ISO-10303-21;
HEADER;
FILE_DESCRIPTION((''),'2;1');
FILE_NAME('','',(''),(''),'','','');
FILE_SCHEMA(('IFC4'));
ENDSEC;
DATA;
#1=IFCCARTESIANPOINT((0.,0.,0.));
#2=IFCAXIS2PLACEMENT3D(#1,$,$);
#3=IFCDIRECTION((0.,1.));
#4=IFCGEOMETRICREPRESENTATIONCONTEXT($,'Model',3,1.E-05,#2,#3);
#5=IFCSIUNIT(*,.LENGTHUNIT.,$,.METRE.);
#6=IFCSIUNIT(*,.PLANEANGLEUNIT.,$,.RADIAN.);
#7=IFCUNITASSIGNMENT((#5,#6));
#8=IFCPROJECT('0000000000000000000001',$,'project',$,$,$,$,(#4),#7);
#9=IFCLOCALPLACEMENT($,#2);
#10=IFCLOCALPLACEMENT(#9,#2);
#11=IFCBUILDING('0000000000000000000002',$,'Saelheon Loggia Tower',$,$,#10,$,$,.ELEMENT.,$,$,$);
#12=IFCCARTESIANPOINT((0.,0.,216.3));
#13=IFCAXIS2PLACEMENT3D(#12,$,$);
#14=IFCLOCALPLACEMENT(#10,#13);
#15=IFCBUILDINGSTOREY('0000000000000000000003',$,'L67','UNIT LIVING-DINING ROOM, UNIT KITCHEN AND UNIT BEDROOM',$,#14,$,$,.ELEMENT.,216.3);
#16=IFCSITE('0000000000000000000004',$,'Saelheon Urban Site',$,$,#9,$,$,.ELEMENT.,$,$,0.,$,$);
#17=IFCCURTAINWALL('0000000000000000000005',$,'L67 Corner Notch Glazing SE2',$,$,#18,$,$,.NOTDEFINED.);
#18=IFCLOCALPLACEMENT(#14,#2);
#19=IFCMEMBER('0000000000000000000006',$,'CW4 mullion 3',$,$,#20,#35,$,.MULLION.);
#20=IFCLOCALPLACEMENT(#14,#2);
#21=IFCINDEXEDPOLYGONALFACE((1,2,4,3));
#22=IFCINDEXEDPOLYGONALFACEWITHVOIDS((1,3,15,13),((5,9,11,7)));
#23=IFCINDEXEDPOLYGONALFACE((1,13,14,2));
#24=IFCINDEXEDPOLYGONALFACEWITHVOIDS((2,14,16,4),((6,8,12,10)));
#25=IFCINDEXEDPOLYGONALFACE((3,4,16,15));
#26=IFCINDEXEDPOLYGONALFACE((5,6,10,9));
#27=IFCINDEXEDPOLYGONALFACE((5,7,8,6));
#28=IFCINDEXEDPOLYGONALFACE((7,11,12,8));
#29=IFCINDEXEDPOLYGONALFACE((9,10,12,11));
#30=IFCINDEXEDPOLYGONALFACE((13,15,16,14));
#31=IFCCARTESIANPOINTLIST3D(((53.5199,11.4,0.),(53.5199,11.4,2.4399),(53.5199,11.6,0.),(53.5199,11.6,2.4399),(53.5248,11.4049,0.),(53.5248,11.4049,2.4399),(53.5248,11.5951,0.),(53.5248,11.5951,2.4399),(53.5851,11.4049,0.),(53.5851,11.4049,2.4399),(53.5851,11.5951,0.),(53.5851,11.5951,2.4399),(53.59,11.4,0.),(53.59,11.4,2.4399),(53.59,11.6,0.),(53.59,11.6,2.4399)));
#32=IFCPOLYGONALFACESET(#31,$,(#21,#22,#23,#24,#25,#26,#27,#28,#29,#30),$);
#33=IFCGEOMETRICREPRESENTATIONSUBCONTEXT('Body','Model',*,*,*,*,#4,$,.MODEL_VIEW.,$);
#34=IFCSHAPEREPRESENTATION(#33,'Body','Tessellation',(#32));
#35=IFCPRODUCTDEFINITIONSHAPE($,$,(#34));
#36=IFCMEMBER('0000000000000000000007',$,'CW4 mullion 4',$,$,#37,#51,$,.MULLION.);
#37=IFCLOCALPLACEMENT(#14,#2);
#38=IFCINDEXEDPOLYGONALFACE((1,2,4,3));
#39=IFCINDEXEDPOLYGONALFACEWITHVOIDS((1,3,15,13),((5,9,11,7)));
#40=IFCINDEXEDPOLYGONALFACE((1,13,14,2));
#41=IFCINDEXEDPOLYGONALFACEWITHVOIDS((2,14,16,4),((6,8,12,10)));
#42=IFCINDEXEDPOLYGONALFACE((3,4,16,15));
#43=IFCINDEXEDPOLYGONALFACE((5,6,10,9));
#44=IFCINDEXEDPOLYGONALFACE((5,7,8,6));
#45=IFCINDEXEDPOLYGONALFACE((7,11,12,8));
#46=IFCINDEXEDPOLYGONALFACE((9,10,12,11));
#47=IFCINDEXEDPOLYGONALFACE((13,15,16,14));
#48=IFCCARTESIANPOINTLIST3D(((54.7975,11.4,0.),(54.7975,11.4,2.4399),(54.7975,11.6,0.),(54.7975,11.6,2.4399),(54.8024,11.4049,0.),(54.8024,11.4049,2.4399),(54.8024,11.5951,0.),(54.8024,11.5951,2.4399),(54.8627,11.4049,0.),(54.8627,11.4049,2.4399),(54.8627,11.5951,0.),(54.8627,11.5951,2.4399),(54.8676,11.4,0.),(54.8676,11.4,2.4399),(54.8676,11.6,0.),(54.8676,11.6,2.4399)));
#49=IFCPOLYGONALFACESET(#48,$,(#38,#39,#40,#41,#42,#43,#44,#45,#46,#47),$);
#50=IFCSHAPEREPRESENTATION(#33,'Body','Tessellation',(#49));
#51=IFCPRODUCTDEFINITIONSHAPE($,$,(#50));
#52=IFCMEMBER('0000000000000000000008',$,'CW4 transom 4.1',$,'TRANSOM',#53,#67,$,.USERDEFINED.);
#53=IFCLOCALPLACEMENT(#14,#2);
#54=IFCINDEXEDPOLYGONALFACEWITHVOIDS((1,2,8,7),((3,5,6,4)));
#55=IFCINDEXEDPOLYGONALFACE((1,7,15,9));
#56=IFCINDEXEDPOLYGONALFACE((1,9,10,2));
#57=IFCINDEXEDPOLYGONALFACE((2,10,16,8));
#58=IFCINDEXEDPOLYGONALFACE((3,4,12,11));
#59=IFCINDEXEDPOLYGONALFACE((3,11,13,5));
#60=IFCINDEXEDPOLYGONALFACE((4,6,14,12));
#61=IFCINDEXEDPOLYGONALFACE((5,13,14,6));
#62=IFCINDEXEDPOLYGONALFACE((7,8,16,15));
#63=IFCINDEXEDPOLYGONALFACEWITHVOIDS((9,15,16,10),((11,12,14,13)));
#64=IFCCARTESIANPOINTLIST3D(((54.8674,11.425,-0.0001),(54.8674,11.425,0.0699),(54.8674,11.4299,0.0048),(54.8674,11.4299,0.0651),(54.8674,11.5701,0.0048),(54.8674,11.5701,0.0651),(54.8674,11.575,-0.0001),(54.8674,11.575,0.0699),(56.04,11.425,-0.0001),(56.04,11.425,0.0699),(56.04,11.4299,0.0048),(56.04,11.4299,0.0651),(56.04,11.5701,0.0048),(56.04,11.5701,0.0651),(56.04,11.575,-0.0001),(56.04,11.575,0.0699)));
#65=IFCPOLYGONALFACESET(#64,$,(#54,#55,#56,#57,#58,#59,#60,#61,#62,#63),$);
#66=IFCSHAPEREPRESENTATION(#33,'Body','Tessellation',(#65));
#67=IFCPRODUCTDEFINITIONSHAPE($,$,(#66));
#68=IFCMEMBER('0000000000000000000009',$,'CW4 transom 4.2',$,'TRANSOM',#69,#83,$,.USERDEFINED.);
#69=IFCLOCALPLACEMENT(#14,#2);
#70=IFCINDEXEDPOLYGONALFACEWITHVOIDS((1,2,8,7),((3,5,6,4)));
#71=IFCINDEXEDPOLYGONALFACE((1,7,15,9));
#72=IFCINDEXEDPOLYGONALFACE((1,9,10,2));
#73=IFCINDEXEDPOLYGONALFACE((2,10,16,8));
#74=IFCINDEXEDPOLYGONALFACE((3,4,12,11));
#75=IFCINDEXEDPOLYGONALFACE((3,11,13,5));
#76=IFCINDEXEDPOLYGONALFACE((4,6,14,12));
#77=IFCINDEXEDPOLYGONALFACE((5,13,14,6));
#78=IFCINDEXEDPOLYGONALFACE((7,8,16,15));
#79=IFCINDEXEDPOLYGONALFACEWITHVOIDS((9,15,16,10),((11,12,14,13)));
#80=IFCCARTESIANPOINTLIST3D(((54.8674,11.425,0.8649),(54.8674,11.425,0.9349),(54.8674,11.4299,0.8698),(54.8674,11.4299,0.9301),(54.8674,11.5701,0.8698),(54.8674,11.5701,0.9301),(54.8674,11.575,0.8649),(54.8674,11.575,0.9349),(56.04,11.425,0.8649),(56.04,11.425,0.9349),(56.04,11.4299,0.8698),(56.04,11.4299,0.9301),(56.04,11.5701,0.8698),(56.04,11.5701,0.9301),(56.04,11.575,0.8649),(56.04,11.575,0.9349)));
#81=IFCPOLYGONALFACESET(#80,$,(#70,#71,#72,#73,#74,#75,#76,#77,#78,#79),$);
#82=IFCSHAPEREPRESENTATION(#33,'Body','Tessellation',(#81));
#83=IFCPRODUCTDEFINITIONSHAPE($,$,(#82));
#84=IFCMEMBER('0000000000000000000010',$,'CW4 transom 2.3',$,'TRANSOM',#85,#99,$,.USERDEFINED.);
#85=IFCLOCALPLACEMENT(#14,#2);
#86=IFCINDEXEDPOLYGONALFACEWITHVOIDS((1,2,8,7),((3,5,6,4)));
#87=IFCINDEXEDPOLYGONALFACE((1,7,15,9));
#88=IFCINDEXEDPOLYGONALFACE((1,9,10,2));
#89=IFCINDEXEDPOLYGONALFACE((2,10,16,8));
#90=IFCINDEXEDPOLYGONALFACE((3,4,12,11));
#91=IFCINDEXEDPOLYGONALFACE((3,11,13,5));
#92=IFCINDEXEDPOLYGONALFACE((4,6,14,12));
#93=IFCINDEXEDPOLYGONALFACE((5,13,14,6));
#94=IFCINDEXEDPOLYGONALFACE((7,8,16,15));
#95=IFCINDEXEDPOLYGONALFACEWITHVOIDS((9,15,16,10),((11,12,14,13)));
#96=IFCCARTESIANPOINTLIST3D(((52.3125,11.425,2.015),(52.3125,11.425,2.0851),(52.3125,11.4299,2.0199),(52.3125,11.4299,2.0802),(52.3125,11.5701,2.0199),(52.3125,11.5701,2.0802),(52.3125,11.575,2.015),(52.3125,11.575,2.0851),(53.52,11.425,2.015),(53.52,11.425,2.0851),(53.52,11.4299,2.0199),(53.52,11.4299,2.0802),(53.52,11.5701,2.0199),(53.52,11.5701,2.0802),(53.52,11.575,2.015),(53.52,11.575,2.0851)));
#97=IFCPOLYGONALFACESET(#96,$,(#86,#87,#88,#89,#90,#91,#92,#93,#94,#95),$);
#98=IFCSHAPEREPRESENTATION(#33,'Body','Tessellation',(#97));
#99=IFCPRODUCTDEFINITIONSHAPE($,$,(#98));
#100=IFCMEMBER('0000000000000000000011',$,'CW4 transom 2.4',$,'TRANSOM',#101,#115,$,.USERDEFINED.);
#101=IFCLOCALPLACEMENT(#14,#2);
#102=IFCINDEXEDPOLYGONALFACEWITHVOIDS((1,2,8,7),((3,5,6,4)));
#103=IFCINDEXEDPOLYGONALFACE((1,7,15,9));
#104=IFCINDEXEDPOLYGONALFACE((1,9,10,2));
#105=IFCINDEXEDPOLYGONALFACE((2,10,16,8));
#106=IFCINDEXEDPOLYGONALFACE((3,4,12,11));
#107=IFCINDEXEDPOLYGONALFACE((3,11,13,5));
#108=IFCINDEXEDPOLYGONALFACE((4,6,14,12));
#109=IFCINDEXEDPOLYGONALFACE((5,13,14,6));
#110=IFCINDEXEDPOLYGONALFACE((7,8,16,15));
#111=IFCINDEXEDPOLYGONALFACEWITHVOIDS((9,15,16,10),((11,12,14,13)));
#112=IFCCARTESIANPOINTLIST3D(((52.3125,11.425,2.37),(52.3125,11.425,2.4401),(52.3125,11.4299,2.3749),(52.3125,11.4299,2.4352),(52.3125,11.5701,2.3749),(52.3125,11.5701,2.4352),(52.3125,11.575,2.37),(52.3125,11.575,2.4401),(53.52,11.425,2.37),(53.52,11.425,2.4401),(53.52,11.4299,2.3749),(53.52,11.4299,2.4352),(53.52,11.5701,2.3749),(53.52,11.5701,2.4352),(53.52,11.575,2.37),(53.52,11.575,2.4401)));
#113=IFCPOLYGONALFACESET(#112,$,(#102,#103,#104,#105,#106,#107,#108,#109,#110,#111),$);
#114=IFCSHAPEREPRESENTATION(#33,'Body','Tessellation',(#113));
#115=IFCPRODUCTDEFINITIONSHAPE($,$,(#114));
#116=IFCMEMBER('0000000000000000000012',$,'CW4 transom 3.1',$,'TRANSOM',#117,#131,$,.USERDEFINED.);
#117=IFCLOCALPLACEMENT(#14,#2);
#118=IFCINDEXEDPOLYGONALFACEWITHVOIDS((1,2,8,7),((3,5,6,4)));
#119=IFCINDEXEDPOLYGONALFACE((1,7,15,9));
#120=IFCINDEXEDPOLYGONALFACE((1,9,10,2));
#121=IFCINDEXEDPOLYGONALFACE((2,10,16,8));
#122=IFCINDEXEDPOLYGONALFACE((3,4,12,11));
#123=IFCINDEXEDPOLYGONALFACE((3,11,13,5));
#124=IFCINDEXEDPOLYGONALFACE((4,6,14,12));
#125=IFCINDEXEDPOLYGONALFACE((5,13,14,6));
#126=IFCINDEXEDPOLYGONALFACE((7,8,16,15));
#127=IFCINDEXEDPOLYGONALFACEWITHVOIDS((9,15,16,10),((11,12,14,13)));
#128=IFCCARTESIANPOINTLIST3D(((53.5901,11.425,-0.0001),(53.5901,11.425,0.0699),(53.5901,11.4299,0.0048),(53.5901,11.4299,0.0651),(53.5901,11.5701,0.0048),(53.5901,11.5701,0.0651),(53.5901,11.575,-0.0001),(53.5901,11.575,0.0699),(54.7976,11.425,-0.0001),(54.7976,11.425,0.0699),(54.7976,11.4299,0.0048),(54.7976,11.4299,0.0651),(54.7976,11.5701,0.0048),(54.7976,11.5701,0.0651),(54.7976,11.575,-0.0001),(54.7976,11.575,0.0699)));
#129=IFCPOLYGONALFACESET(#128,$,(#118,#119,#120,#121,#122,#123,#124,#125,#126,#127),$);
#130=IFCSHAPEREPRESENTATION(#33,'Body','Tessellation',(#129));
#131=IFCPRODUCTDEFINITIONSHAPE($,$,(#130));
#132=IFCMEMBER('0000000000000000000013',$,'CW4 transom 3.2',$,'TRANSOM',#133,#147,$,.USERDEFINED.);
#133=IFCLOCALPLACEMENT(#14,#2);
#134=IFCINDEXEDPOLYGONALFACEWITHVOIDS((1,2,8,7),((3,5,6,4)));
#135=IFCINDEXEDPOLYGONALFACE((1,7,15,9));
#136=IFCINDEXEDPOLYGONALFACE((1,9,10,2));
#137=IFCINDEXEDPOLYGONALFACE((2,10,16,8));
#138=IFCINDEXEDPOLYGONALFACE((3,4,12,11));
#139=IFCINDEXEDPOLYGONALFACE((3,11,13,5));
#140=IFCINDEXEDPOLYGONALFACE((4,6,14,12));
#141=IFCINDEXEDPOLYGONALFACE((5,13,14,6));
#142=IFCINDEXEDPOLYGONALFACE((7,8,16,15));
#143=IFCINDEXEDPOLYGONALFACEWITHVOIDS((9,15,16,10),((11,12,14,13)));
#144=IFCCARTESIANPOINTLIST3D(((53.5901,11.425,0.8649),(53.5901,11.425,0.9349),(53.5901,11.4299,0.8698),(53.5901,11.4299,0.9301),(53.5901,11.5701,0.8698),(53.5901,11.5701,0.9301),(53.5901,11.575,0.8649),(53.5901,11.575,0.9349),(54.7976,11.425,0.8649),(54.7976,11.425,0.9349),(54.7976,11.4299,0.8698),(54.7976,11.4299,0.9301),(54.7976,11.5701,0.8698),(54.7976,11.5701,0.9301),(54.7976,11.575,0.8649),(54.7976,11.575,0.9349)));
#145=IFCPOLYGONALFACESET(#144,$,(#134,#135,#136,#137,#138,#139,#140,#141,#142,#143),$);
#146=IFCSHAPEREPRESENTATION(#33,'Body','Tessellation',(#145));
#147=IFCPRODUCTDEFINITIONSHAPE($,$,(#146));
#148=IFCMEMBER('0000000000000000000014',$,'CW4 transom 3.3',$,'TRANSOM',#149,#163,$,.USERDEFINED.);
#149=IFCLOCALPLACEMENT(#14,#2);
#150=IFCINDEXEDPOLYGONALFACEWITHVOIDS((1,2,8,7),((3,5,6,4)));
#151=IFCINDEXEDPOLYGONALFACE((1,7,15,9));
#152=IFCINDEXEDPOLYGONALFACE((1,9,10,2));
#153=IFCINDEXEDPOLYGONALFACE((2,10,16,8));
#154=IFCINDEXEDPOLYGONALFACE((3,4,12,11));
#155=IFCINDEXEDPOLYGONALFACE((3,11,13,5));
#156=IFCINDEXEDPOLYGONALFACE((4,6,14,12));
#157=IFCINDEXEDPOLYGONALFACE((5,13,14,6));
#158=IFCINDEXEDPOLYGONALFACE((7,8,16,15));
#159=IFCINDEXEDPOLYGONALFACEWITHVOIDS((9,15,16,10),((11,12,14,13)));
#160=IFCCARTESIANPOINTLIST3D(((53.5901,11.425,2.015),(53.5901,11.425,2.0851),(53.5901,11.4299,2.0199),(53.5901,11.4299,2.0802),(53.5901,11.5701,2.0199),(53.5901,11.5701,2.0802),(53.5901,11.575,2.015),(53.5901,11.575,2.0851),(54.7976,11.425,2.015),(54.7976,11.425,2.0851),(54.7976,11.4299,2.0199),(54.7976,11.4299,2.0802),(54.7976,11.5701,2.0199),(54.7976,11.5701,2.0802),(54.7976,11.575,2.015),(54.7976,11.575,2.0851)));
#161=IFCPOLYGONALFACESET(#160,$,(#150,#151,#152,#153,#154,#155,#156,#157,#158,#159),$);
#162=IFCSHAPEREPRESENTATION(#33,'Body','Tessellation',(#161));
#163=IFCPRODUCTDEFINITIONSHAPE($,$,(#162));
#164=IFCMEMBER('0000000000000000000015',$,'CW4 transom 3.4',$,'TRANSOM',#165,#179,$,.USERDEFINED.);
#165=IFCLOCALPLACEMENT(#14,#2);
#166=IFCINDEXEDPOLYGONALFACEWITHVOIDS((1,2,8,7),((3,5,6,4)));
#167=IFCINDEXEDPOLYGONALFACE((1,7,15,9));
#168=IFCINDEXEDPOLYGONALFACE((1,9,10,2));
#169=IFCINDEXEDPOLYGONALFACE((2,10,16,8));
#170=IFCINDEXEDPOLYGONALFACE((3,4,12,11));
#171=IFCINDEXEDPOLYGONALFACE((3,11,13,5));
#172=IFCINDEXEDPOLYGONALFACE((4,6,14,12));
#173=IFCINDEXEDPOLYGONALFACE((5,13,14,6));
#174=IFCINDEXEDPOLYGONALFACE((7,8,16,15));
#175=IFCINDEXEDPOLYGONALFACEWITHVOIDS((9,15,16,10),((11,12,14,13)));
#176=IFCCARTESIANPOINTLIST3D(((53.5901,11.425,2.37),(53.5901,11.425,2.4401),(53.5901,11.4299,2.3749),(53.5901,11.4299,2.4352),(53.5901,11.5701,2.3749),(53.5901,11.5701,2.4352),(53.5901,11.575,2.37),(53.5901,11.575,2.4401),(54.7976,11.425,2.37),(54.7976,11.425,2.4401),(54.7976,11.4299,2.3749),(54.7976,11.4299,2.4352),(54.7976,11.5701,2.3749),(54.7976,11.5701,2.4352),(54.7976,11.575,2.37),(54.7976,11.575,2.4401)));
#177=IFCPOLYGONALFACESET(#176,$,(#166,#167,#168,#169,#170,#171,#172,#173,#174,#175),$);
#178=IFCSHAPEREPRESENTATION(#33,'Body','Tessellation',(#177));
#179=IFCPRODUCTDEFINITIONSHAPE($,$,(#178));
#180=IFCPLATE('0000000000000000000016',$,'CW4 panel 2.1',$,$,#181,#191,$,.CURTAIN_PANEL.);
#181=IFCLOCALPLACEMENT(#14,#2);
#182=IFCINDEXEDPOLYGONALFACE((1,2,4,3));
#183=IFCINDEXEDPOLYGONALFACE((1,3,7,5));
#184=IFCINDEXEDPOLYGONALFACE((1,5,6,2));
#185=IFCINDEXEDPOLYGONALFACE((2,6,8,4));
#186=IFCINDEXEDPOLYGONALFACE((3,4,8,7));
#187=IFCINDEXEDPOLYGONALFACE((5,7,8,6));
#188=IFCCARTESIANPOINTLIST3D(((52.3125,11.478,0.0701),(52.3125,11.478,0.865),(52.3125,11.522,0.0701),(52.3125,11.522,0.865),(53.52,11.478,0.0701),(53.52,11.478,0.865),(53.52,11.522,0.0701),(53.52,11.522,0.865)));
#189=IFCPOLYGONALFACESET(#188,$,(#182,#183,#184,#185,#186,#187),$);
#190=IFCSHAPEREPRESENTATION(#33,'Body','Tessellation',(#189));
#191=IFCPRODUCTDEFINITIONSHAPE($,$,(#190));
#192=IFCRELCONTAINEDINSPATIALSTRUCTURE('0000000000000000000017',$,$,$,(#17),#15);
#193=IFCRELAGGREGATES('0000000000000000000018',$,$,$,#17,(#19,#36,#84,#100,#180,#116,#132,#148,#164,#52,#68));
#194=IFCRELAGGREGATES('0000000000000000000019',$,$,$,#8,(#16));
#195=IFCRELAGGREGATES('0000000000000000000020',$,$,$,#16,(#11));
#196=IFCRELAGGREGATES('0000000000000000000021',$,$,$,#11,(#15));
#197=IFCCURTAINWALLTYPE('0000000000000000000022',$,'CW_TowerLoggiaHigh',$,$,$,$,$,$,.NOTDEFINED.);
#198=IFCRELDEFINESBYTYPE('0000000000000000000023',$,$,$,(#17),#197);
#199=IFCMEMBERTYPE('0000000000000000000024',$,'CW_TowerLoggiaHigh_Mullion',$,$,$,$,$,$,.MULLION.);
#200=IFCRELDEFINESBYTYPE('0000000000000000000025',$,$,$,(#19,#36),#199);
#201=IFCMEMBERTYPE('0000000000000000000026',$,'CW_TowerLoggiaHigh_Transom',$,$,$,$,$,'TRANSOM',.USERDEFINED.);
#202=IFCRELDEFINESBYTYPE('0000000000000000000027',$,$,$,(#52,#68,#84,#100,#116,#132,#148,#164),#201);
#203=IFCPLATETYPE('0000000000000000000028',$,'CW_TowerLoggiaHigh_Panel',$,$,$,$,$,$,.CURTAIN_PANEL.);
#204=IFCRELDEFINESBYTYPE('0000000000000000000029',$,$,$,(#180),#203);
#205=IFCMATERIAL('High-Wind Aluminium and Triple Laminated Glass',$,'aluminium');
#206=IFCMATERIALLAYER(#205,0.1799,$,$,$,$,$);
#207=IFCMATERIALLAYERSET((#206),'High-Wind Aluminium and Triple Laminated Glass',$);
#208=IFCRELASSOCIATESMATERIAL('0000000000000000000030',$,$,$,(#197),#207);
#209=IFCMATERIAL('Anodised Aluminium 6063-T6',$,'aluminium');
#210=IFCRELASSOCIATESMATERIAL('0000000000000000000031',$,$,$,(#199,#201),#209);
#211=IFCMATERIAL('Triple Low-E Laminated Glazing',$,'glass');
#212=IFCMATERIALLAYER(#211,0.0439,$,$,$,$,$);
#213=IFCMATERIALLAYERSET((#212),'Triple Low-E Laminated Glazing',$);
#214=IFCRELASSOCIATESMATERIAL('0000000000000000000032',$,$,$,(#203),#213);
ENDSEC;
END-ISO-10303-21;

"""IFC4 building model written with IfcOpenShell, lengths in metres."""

from ifc_helpers import new_model, si_unit, direction, frame, origin, origin_2d, place, context, subcontext, project, spatial, rectangle, hollow_rectangle, extrude, source, transform, mapped, material, layer, layer_set, material_profile, profile_set, type_object, element, aggregate, save


model = new_model("IFC4")

# Units and contexts
model_context = context("Model", 3, precision=1e-05, world=origin(), true_north=direction((0.0, 1.0)))
body_context = subcontext(model_context, "Body", "Model", "MODEL_VIEW")
ifc_project = project(units=[si_unit("LENGTHUNIT", "METRE"), si_unit("PLANEANGLEUNIT", "RADIAN")], contexts=[model_context])

# Site, building, storey
site_placement = place(None, origin())
site = spatial("IfcSite", under=ifc_project, at=site_placement, Name="Saelheon Urban Site", CompositionType="ELEMENT", RefElevation=0.0)
building_placement = place(site_placement, origin())
building = spatial("IfcBuilding", under=site, at=building_placement, Name="Saelheon Loggia Tower", CompositionType="ELEMENT")
storey_placement = place(building_placement, frame((0.0, 0.0, 216.3)))
storey = spatial("IfcBuildingStorey", under=building, at=storey_placement, Name="L67", Description="UNIT LIVING-DINING ROOM, UNIT KITCHEN AND UNIT BEDROOM", CompositionType="ELEMENT", Elevation=216.3)

# Curtain wall, members, plate
ifc_material_1 = material(Name="High-Wind Aluminium and Triple Laminated Glass", Category="aluminium")
ifc_layer_1 = layer(ifc_material_1, 0.1799)
ifc_layer_set_1 = layer_set([ifc_layer_1], Name="High-Wind Aluminium and Triple Laminated Glass")
curtain_wall_type = type_object("IfcCurtainWallType", Name="CW_TowerLoggiaHigh", PredefinedType="NOTDEFINED", material=ifc_layer_set_1)
curtain_wall_placement = place(storey_placement, origin())
curtain_wall = element("IfcCurtainWall", 1, at=curtain_wall_placement, inside=storey, type_object=curtain_wall_type, Name="L67 Corner Notch Glazing SE2", PredefinedType="NOTDEFINED")
ifc_material_2 = material(Name="Anodised Aluminium 6063-T6", Category="aluminium")
ifc_material_profile_1 = material_profile(ifc_material_2, hollow_rectangle(XDim=0.0701, YDim=0.2, WallThickness=0.0049, at=origin_2d()), Name="RHS-200x70x5")
ifc_profile_set_1 = profile_set([ifc_material_profile_1], Name="Anodised Aluminium 6063-T6")
member_type_1 = type_object("IfcMemberType", Name="CW_TowerLoggiaHigh_Mullion", PredefinedType="MULLION", material=ifc_profile_set_1)
shared_shape_1 = source(origin(), body_context, "Body", "SweptSolid", [
    extrude(hollow_rectangle(XDim=0.0701, YDim=0.2, WallThickness=0.0049, at=origin_2d()), origin(), (0.0, 0.0, 1.0), 2.4399),
])
member_1_placement = place(storey_placement, frame((53.5549, 11.5, 0.0), z_axis=(0.0, 0.0, 1.0), x_axis=(1.0, 0.0, 0.0)))
member_1 = element("IfcMember", 2, at=member_1_placement, type_object=member_type_1, Name="CW4 mullion 3", PredefinedType="MULLION", context=body_context, shape_type="MappedRepresentation", body=[
    mapped(shared_shape_1, transform((0.0, 0.0, 0.0), scale=1.0)),
])
member_2_placement = place(storey_placement, frame((54.8325, 11.5, 0.0), z_axis=(0.0, 0.0, 1.0), x_axis=(1.0, 0.0, 0.0)))
member_2 = element("IfcMember", 3, at=member_2_placement, type_object=member_type_1, Name="CW4 mullion 4", PredefinedType="MULLION", context=body_context, shape_type="MappedRepresentation", body=[
    mapped(shared_shape_1, transform((0.0, 0.0, 0.0), scale=1.0)),
])
ifc_material_profile_2 = material_profile(ifc_material_2, hollow_rectangle(XDim=0.0701, YDim=0.1499, WallThickness=0.0049, at=origin_2d()), Name="RHS-150x70x5")
ifc_profile_set_2 = profile_set([ifc_material_profile_2], Name="Anodised Aluminium 6063-T6")
member_type_2 = type_object("IfcMemberType", Name="CW_TowerLoggiaHigh_Transom", ElementType="TRANSOM", PredefinedType="USERDEFINED", material=ifc_profile_set_2)
shared_shape_2 = source(origin(), body_context, "Body", "SweptSolid", [
    extrude(hollow_rectangle(XDim=0.0701, YDim=0.1499, WallThickness=0.0049, at=origin_2d()), origin(), (0.0, 0.0, 1.0), 1.1726),
])
member_3_placement = place(storey_placement, frame((54.8674, 11.5, 0.0349), z_axis=(1.0, 0.0, 0.0), x_axis=(0.0, 0.0, 1.0)))
member_3 = element("IfcMember", 4, at=member_3_placement, type_object=member_type_2, Name="CW4 transom 4.1", ObjectType="TRANSOM", PredefinedType="USERDEFINED", context=body_context, shape_type="MappedRepresentation", body=[
    mapped(shared_shape_2, transform((0.0, 0.0, 0.0), scale=1.0)),
])
member_4_placement = place(storey_placement, frame((54.8674, 11.5, 0.8999), z_axis=(1.0, 0.0, 0.0), x_axis=(0.0, 0.0, 1.0)))
member_4 = element("IfcMember", 5, at=member_4_placement, type_object=member_type_2, Name="CW4 transom 4.2", ObjectType="TRANSOM", PredefinedType="USERDEFINED", context=body_context, shape_type="MappedRepresentation", body=[
    mapped(shared_shape_2, transform((0.0, 0.0, 0.0), scale=1.0)),
])
shared_shape_3 = source(origin(), body_context, "Body", "SweptSolid", [
    extrude(hollow_rectangle(XDim=0.0701, YDim=0.1499, WallThickness=0.0049, at=origin_2d()), origin(), (0.0, 0.0, 1.0), 1.2075),
])
member_5_placement = place(storey_placement, frame((52.3125, 11.5, 2.05), z_axis=(1.0, 0.0, 0.0), x_axis=(0.0, 0.0, 1.0)))
member_5 = element("IfcMember", 6, at=member_5_placement, type_object=member_type_2, Name="CW4 transom 2.3", ObjectType="TRANSOM", PredefinedType="USERDEFINED", context=body_context, shape_type="MappedRepresentation", body=[
    mapped(shared_shape_3, transform((0.0, 0.0, 0.0), scale=1.0)),
])
member_6_placement = place(storey_placement, frame((52.3125, 11.5, 2.405), z_axis=(1.0, 0.0, 0.0), x_axis=(0.0, 0.0, 1.0)))
member_6 = element("IfcMember", 7, at=member_6_placement, type_object=member_type_2, Name="CW4 transom 2.4", ObjectType="TRANSOM", PredefinedType="USERDEFINED", context=body_context, shape_type="MappedRepresentation", body=[
    mapped(shared_shape_3, transform((0.0, 0.0, 0.0), scale=1.0)),
])
member_7_placement = place(storey_placement, frame((53.5901, 11.5, 0.0349), z_axis=(1.0, 0.0, 0.0), x_axis=(0.0, 0.0, 1.0)))
member_7 = element("IfcMember", 8, at=member_7_placement, type_object=member_type_2, Name="CW4 transom 3.1", ObjectType="TRANSOM", PredefinedType="USERDEFINED", context=body_context, shape_type="MappedRepresentation", body=[
    mapped(shared_shape_3, transform((0.0, 0.0, 0.0), scale=1.0)),
])
member_8_placement = place(storey_placement, frame((53.5901, 11.5, 0.8999), z_axis=(1.0, 0.0, 0.0), x_axis=(0.0, 0.0, 1.0)))
member_8 = element("IfcMember", 9, at=member_8_placement, type_object=member_type_2, Name="CW4 transom 3.2", ObjectType="TRANSOM", PredefinedType="USERDEFINED", context=body_context, shape_type="MappedRepresentation", body=[
    mapped(shared_shape_3, transform((0.0, 0.0, 0.0), scale=1.0)),
])
member_9_placement = place(storey_placement, frame((53.5901, 11.5, 2.05), z_axis=(1.0, 0.0, 0.0), x_axis=(0.0, 0.0, 1.0)))
member_9 = element("IfcMember", 10, at=member_9_placement, type_object=member_type_2, Name="CW4 transom 3.3", ObjectType="TRANSOM", PredefinedType="USERDEFINED", context=body_context, shape_type="MappedRepresentation", body=[
    mapped(shared_shape_3, transform((0.0, 0.0, 0.0), scale=1.0)),
])
member_10_placement = place(storey_placement, frame((53.5901, 11.5, 2.405), z_axis=(1.0, 0.0, 0.0), x_axis=(0.0, 0.0, 1.0)))
member_10 = element("IfcMember", 11, at=member_10_placement, type_object=member_type_2, Name="CW4 transom 3.4", ObjectType="TRANSOM", PredefinedType="USERDEFINED", context=body_context, shape_type="MappedRepresentation", body=[
    mapped(shared_shape_3, transform((0.0, 0.0, 0.0), scale=1.0)),
])
ifc_material_3 = material(Name="Triple Low-E Laminated Glazing", Category="glass")
ifc_layer_2 = layer(ifc_material_3, 0.0439)
ifc_layer_set_2 = layer_set([ifc_layer_2], Name="Triple Low-E Laminated Glazing")
plate_type = type_object("IfcPlateType", Name="CW_TowerLoggiaHigh_Panel", PredefinedType="CURTAIN_PANEL", material=ifc_layer_set_2)
shared_shape_4 = source(origin(), body_context, "Body", "SweptSolid", [
    extrude(rectangle(XDim=1.2075, YDim=0.0439, at=origin_2d()), origin(), (0.0, 0.0, 1.0), 0.7949),
])
plate_1_placement = place(storey_placement, frame((52.9163, 11.5, 0.0701), z_axis=(0.0, 0.0, 1.0), x_axis=(1.0, 0.0, 0.0)))
plate_1 = element("IfcPlate", 12, at=plate_1_placement, type_object=plate_type, Name="CW4 panel 2.1", PredefinedType="CURTAIN_PANEL", context=body_context, shape_type="MappedRepresentation", body=[
    mapped(shared_shape_4, transform((0.0, 0.0, 0.0), scale=1.0)),
])
aggregate(curtain_wall, [member_1, member_2, member_5, member_6, plate_1, member_7, member_8, member_9, member_10, member_3, member_4])

save(model, "model.ifc")
